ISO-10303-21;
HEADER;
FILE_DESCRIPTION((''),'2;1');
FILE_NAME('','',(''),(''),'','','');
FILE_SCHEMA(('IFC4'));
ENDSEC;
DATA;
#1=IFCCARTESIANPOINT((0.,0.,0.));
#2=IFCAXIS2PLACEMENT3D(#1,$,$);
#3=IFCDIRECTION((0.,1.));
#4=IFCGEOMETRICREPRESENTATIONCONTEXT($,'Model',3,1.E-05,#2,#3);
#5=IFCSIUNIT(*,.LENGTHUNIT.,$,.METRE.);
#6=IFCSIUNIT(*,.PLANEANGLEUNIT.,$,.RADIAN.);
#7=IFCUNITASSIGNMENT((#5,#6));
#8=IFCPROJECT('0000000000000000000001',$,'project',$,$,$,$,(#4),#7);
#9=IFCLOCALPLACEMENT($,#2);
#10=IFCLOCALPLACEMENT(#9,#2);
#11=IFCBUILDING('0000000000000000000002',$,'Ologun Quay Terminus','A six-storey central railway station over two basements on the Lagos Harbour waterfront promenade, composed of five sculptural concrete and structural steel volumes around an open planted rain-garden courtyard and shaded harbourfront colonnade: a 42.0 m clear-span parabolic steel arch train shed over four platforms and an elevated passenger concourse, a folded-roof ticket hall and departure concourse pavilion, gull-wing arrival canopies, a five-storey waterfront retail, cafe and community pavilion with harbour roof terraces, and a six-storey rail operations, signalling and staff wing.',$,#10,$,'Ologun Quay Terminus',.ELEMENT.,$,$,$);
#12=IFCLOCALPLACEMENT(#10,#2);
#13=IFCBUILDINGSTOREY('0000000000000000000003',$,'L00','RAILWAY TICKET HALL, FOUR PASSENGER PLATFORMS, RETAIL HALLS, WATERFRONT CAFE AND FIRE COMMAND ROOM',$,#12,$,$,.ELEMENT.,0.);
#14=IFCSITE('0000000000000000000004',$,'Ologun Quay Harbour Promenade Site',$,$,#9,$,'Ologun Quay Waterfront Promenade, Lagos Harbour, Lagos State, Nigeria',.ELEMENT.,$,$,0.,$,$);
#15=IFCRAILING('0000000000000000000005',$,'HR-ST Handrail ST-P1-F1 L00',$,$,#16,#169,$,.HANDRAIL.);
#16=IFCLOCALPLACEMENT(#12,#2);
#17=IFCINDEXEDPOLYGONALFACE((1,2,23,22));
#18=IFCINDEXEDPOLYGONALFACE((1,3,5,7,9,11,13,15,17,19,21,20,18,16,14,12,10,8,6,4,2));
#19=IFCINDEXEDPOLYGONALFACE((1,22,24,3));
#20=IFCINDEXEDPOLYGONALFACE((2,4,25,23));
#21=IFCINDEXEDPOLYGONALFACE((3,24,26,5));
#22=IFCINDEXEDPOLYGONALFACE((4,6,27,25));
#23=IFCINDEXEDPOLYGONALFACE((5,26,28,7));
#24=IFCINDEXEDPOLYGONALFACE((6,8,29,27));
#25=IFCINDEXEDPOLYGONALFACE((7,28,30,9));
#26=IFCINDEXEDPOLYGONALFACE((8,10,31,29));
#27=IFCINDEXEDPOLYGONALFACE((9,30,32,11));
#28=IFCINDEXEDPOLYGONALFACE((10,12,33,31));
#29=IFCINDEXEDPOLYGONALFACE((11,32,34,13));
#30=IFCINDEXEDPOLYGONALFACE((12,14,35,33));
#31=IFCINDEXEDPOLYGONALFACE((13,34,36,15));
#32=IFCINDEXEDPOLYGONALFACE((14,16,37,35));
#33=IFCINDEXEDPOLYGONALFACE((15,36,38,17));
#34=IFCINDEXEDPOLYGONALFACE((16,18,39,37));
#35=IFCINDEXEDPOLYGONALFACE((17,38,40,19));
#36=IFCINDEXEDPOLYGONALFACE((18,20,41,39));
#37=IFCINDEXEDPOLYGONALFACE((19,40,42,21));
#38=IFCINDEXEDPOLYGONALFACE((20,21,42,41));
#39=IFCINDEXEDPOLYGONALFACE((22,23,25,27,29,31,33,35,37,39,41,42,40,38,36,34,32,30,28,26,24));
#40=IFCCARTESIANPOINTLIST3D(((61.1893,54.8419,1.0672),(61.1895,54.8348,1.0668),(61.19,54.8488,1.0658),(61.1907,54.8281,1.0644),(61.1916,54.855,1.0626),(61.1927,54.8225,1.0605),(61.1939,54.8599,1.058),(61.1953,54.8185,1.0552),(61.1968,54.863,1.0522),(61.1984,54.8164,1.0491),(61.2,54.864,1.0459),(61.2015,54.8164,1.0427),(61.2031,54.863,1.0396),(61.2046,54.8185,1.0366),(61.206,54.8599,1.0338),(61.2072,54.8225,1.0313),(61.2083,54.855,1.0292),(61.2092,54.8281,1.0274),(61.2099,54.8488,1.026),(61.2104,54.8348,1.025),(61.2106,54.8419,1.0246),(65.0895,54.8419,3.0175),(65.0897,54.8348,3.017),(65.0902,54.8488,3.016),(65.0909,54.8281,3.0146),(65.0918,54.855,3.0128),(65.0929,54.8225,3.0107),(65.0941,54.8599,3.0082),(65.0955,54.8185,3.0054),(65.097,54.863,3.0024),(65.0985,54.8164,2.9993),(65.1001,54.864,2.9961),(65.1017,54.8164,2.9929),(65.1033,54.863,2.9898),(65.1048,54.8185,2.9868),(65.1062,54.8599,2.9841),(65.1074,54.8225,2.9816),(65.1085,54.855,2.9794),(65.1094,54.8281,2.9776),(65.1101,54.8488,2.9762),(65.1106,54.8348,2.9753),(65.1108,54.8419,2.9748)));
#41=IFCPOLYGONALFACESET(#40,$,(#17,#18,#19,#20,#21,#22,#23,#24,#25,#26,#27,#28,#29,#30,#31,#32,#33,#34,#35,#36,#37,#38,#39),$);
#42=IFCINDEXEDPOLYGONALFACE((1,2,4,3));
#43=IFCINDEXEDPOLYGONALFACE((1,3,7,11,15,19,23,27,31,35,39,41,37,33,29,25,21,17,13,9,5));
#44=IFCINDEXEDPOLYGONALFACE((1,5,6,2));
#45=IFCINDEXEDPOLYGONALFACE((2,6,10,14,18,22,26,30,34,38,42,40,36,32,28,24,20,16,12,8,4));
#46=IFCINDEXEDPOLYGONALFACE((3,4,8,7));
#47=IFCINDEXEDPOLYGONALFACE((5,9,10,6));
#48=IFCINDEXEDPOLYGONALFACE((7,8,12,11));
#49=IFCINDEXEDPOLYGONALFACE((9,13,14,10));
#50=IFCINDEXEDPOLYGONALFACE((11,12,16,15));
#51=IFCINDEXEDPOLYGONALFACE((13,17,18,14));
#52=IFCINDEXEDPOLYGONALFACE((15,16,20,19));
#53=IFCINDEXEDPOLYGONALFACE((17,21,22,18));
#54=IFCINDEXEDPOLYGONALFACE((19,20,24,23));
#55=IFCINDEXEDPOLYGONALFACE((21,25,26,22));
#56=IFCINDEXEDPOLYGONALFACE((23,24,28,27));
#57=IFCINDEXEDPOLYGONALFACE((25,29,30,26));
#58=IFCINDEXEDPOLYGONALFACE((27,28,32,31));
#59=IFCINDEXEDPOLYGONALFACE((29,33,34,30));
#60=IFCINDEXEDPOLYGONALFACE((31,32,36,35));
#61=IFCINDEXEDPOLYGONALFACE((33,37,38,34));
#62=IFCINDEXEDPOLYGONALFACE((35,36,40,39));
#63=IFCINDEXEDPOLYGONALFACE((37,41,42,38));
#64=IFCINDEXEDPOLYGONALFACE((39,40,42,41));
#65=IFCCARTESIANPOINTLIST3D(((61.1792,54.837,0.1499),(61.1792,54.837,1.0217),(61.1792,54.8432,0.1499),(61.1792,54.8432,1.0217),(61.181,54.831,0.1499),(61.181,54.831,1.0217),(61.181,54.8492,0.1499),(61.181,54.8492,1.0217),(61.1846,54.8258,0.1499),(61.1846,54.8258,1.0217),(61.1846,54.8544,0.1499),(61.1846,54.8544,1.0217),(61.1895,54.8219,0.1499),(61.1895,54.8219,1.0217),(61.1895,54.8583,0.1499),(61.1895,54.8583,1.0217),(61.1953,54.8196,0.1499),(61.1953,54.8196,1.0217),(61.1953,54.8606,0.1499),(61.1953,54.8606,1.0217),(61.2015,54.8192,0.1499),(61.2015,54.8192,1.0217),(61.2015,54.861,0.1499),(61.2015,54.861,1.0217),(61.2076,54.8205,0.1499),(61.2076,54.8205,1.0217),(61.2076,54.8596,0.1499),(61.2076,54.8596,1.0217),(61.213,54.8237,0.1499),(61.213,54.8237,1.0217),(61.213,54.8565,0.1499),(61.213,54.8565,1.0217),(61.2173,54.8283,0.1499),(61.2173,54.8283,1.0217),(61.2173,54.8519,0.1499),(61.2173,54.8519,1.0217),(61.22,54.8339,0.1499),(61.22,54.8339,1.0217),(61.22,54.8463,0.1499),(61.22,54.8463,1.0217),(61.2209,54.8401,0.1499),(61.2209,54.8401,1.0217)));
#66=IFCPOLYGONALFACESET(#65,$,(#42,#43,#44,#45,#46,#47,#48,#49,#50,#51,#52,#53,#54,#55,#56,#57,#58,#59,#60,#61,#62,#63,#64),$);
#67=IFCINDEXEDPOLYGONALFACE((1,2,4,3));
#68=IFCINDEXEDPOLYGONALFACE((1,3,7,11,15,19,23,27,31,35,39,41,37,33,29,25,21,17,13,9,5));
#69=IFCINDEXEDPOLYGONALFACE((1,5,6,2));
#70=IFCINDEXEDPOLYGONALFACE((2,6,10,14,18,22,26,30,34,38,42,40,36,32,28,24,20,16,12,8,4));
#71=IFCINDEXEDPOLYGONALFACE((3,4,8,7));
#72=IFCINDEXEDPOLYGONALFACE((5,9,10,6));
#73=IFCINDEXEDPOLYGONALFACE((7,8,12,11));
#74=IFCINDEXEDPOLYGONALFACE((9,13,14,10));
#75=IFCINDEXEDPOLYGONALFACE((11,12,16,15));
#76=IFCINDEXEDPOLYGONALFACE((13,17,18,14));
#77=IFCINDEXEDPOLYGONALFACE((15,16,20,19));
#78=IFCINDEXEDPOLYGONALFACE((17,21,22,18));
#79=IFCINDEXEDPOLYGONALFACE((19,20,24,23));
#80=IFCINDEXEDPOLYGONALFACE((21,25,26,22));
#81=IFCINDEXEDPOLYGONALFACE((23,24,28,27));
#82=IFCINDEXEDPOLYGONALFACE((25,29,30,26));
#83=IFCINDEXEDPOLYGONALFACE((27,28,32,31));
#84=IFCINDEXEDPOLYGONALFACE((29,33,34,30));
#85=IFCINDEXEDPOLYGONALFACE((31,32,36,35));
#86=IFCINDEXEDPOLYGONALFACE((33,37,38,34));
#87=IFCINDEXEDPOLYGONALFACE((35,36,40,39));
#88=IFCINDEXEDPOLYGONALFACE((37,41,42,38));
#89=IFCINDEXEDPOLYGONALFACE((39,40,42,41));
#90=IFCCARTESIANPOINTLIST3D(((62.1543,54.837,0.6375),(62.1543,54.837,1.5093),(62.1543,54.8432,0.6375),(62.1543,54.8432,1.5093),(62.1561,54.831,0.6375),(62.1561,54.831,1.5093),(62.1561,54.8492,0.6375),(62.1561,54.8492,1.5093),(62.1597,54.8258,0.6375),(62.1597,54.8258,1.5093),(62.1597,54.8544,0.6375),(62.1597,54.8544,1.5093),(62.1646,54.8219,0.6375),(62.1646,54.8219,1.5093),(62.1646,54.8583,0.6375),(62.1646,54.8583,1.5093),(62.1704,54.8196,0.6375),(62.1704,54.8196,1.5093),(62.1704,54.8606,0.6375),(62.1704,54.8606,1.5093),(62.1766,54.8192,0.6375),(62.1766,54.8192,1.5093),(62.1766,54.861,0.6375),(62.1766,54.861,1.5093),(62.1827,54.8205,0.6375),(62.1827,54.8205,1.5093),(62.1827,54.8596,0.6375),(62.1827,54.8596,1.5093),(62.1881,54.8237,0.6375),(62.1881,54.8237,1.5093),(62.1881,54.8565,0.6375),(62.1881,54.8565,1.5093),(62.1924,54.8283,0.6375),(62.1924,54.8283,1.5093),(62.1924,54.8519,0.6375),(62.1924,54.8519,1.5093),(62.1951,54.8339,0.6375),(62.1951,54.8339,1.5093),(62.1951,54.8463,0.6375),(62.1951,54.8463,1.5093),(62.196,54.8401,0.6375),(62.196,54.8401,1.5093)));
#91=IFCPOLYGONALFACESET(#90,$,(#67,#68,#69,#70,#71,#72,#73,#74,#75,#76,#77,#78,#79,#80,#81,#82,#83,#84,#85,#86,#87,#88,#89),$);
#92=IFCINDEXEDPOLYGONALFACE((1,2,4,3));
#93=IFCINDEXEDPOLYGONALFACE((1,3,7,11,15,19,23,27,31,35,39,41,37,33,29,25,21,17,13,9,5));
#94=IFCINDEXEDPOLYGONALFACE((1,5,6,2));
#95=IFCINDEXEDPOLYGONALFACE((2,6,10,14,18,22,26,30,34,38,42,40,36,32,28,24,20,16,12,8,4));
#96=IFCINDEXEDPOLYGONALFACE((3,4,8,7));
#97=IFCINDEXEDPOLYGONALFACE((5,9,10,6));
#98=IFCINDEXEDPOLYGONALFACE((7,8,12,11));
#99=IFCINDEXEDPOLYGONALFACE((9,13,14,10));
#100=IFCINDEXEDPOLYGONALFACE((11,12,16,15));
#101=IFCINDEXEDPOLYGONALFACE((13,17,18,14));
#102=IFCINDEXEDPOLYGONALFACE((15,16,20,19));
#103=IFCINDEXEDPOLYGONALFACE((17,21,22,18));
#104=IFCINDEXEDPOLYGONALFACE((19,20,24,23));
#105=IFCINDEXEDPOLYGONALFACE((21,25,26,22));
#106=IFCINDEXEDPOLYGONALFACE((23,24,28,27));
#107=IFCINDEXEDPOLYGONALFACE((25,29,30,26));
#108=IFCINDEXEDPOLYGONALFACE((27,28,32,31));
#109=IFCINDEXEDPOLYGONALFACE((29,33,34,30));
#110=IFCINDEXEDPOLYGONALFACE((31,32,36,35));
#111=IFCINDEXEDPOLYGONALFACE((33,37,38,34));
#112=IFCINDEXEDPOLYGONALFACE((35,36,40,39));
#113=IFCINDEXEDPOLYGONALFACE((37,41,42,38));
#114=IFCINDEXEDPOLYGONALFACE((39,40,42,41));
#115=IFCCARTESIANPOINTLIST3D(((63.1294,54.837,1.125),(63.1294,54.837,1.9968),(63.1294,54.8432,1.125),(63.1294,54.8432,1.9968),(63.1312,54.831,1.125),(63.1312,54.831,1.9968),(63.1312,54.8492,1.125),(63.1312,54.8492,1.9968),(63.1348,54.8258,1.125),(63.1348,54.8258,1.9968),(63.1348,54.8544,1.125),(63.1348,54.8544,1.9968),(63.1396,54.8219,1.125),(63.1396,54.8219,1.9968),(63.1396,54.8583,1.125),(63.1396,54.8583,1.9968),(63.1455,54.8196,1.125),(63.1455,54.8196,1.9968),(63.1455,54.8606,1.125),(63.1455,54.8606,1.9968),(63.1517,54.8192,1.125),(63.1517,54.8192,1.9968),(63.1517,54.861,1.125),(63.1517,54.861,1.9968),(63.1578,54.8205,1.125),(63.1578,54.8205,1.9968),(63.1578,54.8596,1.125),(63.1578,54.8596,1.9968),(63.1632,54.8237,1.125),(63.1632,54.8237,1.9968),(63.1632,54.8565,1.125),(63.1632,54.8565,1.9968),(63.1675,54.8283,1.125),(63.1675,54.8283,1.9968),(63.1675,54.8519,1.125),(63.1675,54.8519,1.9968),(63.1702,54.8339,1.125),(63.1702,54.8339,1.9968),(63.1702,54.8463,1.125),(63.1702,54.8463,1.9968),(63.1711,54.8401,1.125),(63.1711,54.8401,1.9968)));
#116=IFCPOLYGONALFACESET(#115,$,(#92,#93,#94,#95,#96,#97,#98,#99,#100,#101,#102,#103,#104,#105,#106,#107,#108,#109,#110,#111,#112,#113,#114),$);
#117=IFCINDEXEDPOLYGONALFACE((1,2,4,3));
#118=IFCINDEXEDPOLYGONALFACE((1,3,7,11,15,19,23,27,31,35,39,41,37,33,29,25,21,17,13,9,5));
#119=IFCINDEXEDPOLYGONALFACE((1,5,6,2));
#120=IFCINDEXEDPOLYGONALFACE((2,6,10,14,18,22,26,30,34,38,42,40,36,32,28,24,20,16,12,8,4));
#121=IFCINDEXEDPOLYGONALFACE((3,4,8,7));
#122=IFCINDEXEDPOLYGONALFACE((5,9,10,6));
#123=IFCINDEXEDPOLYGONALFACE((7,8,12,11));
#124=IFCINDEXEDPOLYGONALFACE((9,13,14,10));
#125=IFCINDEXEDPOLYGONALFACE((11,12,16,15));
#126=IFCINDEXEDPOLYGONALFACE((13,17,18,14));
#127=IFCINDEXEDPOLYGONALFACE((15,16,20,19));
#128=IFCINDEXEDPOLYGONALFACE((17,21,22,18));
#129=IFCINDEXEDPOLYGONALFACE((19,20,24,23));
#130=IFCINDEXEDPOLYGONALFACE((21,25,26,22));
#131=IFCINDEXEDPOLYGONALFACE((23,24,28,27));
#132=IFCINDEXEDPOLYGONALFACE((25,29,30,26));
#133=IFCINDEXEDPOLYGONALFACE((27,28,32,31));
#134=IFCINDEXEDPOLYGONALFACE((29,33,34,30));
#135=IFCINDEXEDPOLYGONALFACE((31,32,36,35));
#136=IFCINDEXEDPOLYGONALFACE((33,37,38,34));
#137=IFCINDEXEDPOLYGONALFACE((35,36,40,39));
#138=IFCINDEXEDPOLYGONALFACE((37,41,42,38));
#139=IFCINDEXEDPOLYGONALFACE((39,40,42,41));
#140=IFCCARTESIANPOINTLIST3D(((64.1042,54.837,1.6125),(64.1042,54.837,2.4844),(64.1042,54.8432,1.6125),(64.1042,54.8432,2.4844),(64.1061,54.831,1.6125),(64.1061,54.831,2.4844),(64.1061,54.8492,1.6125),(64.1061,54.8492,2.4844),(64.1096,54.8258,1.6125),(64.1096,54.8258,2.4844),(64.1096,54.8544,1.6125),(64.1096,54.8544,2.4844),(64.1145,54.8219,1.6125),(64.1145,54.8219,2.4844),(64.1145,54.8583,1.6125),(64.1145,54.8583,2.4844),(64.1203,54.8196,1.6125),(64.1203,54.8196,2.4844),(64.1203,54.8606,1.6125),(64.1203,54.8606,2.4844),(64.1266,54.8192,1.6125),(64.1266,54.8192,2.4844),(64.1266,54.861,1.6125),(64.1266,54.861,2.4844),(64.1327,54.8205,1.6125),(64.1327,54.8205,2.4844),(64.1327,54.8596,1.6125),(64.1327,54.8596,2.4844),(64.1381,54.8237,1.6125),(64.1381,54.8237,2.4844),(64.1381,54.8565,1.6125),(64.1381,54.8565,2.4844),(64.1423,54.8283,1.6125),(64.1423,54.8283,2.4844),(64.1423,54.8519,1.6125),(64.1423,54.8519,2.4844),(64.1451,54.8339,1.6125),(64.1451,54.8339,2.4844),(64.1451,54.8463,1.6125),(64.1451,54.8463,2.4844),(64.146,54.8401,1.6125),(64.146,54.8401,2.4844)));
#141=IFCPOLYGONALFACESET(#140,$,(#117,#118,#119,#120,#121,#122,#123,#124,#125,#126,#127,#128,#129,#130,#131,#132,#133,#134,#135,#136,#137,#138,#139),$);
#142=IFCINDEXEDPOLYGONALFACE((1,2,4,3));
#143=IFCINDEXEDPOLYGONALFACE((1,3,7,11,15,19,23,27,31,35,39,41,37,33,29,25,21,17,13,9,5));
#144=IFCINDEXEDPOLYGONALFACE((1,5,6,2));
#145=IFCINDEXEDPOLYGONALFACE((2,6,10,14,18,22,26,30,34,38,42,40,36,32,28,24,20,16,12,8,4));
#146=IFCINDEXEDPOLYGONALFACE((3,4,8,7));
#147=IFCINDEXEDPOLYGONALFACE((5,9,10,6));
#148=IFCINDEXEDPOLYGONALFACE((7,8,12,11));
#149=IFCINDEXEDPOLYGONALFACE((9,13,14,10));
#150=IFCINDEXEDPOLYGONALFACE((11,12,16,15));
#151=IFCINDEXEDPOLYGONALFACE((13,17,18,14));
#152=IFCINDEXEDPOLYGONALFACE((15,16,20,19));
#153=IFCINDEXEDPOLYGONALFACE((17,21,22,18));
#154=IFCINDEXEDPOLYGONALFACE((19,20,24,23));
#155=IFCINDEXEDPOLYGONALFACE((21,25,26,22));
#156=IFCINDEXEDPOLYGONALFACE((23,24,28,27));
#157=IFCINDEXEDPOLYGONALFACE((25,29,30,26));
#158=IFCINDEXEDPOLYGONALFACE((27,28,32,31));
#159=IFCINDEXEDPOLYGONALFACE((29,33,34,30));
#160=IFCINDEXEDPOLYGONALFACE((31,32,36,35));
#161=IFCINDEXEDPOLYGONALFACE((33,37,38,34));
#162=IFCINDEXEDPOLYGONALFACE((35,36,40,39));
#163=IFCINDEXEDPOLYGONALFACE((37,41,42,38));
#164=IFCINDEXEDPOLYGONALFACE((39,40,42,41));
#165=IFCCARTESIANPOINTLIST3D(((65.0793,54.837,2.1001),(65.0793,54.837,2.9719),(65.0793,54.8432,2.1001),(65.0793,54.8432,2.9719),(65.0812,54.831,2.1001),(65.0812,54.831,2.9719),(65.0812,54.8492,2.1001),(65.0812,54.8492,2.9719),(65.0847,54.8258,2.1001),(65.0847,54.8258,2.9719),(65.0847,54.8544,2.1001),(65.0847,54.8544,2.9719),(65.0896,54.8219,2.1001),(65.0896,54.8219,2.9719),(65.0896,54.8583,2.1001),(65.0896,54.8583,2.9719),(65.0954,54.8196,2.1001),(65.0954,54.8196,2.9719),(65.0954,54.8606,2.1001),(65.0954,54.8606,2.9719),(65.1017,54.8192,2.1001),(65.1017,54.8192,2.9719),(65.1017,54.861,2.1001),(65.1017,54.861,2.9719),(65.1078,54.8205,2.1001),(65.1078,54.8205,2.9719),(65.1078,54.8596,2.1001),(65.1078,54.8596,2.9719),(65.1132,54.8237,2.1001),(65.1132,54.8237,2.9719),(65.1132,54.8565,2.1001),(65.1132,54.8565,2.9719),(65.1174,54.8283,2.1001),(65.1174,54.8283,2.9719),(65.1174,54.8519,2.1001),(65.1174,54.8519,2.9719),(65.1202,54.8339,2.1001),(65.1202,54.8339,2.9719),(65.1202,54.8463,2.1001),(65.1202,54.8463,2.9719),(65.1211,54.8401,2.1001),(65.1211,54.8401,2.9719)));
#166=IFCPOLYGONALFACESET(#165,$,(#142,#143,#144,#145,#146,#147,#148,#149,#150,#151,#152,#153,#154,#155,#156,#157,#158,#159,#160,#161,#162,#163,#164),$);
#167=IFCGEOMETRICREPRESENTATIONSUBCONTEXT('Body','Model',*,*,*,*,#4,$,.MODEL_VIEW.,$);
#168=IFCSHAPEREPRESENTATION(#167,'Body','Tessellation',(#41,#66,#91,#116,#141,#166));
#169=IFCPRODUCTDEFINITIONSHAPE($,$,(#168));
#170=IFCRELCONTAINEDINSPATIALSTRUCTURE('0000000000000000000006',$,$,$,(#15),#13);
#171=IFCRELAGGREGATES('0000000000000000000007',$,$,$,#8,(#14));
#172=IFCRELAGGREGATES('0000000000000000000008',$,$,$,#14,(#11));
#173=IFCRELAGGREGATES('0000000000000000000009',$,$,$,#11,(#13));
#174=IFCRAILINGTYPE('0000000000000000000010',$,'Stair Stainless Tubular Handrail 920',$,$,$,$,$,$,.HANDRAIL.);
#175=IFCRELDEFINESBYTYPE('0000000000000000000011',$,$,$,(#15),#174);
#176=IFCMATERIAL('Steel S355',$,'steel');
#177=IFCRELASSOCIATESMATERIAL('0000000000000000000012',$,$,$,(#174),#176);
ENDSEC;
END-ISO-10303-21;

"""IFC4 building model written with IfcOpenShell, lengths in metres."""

from ifc_helpers import new_model, si_unit, direction, frame, origin, origin_2d, place, context, subcontext, project, spatial, circle, extrude, material, type_object, element, save


model = new_model("IFC4")

# Units and contexts
model_context = context("Model", 3, precision=1e-05, world=origin(), true_north=direction((0.0, 1.0)))
body_context = subcontext(model_context, "Body", "Model", "MODEL_VIEW")
ifc_project = project(units=[si_unit("LENGTHUNIT", "METRE"), si_unit("PLANEANGLEUNIT", "RADIAN")], contexts=[model_context])

# Site, building, storey
site_placement = place(None, origin())
site = spatial("IfcSite", under=ifc_project, at=site_placement, Name="Ologun Quay Harbour Promenade Site", LongName="Ologun Quay Waterfront Promenade, Lagos Harbour, Lagos State, Nigeria", CompositionType="ELEMENT", RefElevation=0.0)
building_placement = place(site_placement, origin())
building = spatial("IfcBuilding", under=site, at=building_placement, Name="Ologun Quay Terminus", Description="A six-storey central railway station over two basements on the Lagos Harbour waterfront promenade, composed of five sculptural concrete and structural steel volumes around an open planted rain-garden courtyard and shaded harbourfront colonnade: a 42.0 m clear-span parabolic steel arch train shed over four platforms and an elevated passenger concourse, a folded-roof ticket hall and departure concourse pavilion, gull-wing arrival canopies, a five-storey waterfront retail, cafe and community pavilion with harbour roof terraces, and a six-storey rail operations, signalling and staff wing.", LongName="Ologun Quay Terminus", CompositionType="ELEMENT")
storey_placement = place(building_placement, origin())
storey = spatial("IfcBuildingStorey", under=building, at=storey_placement, Name="L00", Description="RAILWAY TICKET HALL, FOUR PASSENGER PLATFORMS, RETAIL HALLS, WATERFRONT CAFE AND FIRE COMMAND ROOM", CompositionType="ELEMENT", Elevation=0.0)

# Railing
ifc_material_1 = material(Name="Steel S355", Category="steel")
railing_type_1 = type_object("IfcRailingType", Name="Stair Stainless Tubular Handrail 920", PredefinedType="HANDRAIL", material=ifc_material_1)
railing_1_placement = place(storey_placement, frame((61.2, 54.8401, 0.1499)))
element("IfcRailing", 1, at=railing_1_placement, inside=storey, type_object=railing_type_1, Name="HR-ST Handrail ST-P1-F1 L00", PredefinedType="HANDRAIL", context=body_context, shape_type="SweptSolid", body=[
    extrude(circle(Radius=0.0239, at=origin_2d()), frame((0.0, 0.0, 0.896), z_axis=(0.894416, 0.0, 0.447236), x_axis=(0.0, 1.0, 0.0)), (0.0, 0.0, 1.0), 4.3606),
    extrude(circle(Radius=0.021, at=origin_2d()), origin(), (0.0, 0.0, 1.0), 0.8718),
    extrude(circle(Radius=0.021, at=origin_2d()), frame((0.9751, 0.0, 0.4875)), (0.0, 0.0, 1.0), 0.8718),
    extrude(circle(Radius=0.021, at=origin_2d()), frame((1.9502, 0.0, 0.9751)), (0.0, 0.0, 1.0), 0.8718),
    extrude(circle(Radius=0.021, at=origin_2d()), frame((2.925, 0.0, 1.4626)), (0.0, 0.0, 1.0), 0.8718),
    extrude(circle(Radius=0.021, at=origin_2d()), frame((3.9001, 0.0, 1.9502)), (0.0, 0.0, 1.0), 0.8718),
])

save(model, "model.ifc")
